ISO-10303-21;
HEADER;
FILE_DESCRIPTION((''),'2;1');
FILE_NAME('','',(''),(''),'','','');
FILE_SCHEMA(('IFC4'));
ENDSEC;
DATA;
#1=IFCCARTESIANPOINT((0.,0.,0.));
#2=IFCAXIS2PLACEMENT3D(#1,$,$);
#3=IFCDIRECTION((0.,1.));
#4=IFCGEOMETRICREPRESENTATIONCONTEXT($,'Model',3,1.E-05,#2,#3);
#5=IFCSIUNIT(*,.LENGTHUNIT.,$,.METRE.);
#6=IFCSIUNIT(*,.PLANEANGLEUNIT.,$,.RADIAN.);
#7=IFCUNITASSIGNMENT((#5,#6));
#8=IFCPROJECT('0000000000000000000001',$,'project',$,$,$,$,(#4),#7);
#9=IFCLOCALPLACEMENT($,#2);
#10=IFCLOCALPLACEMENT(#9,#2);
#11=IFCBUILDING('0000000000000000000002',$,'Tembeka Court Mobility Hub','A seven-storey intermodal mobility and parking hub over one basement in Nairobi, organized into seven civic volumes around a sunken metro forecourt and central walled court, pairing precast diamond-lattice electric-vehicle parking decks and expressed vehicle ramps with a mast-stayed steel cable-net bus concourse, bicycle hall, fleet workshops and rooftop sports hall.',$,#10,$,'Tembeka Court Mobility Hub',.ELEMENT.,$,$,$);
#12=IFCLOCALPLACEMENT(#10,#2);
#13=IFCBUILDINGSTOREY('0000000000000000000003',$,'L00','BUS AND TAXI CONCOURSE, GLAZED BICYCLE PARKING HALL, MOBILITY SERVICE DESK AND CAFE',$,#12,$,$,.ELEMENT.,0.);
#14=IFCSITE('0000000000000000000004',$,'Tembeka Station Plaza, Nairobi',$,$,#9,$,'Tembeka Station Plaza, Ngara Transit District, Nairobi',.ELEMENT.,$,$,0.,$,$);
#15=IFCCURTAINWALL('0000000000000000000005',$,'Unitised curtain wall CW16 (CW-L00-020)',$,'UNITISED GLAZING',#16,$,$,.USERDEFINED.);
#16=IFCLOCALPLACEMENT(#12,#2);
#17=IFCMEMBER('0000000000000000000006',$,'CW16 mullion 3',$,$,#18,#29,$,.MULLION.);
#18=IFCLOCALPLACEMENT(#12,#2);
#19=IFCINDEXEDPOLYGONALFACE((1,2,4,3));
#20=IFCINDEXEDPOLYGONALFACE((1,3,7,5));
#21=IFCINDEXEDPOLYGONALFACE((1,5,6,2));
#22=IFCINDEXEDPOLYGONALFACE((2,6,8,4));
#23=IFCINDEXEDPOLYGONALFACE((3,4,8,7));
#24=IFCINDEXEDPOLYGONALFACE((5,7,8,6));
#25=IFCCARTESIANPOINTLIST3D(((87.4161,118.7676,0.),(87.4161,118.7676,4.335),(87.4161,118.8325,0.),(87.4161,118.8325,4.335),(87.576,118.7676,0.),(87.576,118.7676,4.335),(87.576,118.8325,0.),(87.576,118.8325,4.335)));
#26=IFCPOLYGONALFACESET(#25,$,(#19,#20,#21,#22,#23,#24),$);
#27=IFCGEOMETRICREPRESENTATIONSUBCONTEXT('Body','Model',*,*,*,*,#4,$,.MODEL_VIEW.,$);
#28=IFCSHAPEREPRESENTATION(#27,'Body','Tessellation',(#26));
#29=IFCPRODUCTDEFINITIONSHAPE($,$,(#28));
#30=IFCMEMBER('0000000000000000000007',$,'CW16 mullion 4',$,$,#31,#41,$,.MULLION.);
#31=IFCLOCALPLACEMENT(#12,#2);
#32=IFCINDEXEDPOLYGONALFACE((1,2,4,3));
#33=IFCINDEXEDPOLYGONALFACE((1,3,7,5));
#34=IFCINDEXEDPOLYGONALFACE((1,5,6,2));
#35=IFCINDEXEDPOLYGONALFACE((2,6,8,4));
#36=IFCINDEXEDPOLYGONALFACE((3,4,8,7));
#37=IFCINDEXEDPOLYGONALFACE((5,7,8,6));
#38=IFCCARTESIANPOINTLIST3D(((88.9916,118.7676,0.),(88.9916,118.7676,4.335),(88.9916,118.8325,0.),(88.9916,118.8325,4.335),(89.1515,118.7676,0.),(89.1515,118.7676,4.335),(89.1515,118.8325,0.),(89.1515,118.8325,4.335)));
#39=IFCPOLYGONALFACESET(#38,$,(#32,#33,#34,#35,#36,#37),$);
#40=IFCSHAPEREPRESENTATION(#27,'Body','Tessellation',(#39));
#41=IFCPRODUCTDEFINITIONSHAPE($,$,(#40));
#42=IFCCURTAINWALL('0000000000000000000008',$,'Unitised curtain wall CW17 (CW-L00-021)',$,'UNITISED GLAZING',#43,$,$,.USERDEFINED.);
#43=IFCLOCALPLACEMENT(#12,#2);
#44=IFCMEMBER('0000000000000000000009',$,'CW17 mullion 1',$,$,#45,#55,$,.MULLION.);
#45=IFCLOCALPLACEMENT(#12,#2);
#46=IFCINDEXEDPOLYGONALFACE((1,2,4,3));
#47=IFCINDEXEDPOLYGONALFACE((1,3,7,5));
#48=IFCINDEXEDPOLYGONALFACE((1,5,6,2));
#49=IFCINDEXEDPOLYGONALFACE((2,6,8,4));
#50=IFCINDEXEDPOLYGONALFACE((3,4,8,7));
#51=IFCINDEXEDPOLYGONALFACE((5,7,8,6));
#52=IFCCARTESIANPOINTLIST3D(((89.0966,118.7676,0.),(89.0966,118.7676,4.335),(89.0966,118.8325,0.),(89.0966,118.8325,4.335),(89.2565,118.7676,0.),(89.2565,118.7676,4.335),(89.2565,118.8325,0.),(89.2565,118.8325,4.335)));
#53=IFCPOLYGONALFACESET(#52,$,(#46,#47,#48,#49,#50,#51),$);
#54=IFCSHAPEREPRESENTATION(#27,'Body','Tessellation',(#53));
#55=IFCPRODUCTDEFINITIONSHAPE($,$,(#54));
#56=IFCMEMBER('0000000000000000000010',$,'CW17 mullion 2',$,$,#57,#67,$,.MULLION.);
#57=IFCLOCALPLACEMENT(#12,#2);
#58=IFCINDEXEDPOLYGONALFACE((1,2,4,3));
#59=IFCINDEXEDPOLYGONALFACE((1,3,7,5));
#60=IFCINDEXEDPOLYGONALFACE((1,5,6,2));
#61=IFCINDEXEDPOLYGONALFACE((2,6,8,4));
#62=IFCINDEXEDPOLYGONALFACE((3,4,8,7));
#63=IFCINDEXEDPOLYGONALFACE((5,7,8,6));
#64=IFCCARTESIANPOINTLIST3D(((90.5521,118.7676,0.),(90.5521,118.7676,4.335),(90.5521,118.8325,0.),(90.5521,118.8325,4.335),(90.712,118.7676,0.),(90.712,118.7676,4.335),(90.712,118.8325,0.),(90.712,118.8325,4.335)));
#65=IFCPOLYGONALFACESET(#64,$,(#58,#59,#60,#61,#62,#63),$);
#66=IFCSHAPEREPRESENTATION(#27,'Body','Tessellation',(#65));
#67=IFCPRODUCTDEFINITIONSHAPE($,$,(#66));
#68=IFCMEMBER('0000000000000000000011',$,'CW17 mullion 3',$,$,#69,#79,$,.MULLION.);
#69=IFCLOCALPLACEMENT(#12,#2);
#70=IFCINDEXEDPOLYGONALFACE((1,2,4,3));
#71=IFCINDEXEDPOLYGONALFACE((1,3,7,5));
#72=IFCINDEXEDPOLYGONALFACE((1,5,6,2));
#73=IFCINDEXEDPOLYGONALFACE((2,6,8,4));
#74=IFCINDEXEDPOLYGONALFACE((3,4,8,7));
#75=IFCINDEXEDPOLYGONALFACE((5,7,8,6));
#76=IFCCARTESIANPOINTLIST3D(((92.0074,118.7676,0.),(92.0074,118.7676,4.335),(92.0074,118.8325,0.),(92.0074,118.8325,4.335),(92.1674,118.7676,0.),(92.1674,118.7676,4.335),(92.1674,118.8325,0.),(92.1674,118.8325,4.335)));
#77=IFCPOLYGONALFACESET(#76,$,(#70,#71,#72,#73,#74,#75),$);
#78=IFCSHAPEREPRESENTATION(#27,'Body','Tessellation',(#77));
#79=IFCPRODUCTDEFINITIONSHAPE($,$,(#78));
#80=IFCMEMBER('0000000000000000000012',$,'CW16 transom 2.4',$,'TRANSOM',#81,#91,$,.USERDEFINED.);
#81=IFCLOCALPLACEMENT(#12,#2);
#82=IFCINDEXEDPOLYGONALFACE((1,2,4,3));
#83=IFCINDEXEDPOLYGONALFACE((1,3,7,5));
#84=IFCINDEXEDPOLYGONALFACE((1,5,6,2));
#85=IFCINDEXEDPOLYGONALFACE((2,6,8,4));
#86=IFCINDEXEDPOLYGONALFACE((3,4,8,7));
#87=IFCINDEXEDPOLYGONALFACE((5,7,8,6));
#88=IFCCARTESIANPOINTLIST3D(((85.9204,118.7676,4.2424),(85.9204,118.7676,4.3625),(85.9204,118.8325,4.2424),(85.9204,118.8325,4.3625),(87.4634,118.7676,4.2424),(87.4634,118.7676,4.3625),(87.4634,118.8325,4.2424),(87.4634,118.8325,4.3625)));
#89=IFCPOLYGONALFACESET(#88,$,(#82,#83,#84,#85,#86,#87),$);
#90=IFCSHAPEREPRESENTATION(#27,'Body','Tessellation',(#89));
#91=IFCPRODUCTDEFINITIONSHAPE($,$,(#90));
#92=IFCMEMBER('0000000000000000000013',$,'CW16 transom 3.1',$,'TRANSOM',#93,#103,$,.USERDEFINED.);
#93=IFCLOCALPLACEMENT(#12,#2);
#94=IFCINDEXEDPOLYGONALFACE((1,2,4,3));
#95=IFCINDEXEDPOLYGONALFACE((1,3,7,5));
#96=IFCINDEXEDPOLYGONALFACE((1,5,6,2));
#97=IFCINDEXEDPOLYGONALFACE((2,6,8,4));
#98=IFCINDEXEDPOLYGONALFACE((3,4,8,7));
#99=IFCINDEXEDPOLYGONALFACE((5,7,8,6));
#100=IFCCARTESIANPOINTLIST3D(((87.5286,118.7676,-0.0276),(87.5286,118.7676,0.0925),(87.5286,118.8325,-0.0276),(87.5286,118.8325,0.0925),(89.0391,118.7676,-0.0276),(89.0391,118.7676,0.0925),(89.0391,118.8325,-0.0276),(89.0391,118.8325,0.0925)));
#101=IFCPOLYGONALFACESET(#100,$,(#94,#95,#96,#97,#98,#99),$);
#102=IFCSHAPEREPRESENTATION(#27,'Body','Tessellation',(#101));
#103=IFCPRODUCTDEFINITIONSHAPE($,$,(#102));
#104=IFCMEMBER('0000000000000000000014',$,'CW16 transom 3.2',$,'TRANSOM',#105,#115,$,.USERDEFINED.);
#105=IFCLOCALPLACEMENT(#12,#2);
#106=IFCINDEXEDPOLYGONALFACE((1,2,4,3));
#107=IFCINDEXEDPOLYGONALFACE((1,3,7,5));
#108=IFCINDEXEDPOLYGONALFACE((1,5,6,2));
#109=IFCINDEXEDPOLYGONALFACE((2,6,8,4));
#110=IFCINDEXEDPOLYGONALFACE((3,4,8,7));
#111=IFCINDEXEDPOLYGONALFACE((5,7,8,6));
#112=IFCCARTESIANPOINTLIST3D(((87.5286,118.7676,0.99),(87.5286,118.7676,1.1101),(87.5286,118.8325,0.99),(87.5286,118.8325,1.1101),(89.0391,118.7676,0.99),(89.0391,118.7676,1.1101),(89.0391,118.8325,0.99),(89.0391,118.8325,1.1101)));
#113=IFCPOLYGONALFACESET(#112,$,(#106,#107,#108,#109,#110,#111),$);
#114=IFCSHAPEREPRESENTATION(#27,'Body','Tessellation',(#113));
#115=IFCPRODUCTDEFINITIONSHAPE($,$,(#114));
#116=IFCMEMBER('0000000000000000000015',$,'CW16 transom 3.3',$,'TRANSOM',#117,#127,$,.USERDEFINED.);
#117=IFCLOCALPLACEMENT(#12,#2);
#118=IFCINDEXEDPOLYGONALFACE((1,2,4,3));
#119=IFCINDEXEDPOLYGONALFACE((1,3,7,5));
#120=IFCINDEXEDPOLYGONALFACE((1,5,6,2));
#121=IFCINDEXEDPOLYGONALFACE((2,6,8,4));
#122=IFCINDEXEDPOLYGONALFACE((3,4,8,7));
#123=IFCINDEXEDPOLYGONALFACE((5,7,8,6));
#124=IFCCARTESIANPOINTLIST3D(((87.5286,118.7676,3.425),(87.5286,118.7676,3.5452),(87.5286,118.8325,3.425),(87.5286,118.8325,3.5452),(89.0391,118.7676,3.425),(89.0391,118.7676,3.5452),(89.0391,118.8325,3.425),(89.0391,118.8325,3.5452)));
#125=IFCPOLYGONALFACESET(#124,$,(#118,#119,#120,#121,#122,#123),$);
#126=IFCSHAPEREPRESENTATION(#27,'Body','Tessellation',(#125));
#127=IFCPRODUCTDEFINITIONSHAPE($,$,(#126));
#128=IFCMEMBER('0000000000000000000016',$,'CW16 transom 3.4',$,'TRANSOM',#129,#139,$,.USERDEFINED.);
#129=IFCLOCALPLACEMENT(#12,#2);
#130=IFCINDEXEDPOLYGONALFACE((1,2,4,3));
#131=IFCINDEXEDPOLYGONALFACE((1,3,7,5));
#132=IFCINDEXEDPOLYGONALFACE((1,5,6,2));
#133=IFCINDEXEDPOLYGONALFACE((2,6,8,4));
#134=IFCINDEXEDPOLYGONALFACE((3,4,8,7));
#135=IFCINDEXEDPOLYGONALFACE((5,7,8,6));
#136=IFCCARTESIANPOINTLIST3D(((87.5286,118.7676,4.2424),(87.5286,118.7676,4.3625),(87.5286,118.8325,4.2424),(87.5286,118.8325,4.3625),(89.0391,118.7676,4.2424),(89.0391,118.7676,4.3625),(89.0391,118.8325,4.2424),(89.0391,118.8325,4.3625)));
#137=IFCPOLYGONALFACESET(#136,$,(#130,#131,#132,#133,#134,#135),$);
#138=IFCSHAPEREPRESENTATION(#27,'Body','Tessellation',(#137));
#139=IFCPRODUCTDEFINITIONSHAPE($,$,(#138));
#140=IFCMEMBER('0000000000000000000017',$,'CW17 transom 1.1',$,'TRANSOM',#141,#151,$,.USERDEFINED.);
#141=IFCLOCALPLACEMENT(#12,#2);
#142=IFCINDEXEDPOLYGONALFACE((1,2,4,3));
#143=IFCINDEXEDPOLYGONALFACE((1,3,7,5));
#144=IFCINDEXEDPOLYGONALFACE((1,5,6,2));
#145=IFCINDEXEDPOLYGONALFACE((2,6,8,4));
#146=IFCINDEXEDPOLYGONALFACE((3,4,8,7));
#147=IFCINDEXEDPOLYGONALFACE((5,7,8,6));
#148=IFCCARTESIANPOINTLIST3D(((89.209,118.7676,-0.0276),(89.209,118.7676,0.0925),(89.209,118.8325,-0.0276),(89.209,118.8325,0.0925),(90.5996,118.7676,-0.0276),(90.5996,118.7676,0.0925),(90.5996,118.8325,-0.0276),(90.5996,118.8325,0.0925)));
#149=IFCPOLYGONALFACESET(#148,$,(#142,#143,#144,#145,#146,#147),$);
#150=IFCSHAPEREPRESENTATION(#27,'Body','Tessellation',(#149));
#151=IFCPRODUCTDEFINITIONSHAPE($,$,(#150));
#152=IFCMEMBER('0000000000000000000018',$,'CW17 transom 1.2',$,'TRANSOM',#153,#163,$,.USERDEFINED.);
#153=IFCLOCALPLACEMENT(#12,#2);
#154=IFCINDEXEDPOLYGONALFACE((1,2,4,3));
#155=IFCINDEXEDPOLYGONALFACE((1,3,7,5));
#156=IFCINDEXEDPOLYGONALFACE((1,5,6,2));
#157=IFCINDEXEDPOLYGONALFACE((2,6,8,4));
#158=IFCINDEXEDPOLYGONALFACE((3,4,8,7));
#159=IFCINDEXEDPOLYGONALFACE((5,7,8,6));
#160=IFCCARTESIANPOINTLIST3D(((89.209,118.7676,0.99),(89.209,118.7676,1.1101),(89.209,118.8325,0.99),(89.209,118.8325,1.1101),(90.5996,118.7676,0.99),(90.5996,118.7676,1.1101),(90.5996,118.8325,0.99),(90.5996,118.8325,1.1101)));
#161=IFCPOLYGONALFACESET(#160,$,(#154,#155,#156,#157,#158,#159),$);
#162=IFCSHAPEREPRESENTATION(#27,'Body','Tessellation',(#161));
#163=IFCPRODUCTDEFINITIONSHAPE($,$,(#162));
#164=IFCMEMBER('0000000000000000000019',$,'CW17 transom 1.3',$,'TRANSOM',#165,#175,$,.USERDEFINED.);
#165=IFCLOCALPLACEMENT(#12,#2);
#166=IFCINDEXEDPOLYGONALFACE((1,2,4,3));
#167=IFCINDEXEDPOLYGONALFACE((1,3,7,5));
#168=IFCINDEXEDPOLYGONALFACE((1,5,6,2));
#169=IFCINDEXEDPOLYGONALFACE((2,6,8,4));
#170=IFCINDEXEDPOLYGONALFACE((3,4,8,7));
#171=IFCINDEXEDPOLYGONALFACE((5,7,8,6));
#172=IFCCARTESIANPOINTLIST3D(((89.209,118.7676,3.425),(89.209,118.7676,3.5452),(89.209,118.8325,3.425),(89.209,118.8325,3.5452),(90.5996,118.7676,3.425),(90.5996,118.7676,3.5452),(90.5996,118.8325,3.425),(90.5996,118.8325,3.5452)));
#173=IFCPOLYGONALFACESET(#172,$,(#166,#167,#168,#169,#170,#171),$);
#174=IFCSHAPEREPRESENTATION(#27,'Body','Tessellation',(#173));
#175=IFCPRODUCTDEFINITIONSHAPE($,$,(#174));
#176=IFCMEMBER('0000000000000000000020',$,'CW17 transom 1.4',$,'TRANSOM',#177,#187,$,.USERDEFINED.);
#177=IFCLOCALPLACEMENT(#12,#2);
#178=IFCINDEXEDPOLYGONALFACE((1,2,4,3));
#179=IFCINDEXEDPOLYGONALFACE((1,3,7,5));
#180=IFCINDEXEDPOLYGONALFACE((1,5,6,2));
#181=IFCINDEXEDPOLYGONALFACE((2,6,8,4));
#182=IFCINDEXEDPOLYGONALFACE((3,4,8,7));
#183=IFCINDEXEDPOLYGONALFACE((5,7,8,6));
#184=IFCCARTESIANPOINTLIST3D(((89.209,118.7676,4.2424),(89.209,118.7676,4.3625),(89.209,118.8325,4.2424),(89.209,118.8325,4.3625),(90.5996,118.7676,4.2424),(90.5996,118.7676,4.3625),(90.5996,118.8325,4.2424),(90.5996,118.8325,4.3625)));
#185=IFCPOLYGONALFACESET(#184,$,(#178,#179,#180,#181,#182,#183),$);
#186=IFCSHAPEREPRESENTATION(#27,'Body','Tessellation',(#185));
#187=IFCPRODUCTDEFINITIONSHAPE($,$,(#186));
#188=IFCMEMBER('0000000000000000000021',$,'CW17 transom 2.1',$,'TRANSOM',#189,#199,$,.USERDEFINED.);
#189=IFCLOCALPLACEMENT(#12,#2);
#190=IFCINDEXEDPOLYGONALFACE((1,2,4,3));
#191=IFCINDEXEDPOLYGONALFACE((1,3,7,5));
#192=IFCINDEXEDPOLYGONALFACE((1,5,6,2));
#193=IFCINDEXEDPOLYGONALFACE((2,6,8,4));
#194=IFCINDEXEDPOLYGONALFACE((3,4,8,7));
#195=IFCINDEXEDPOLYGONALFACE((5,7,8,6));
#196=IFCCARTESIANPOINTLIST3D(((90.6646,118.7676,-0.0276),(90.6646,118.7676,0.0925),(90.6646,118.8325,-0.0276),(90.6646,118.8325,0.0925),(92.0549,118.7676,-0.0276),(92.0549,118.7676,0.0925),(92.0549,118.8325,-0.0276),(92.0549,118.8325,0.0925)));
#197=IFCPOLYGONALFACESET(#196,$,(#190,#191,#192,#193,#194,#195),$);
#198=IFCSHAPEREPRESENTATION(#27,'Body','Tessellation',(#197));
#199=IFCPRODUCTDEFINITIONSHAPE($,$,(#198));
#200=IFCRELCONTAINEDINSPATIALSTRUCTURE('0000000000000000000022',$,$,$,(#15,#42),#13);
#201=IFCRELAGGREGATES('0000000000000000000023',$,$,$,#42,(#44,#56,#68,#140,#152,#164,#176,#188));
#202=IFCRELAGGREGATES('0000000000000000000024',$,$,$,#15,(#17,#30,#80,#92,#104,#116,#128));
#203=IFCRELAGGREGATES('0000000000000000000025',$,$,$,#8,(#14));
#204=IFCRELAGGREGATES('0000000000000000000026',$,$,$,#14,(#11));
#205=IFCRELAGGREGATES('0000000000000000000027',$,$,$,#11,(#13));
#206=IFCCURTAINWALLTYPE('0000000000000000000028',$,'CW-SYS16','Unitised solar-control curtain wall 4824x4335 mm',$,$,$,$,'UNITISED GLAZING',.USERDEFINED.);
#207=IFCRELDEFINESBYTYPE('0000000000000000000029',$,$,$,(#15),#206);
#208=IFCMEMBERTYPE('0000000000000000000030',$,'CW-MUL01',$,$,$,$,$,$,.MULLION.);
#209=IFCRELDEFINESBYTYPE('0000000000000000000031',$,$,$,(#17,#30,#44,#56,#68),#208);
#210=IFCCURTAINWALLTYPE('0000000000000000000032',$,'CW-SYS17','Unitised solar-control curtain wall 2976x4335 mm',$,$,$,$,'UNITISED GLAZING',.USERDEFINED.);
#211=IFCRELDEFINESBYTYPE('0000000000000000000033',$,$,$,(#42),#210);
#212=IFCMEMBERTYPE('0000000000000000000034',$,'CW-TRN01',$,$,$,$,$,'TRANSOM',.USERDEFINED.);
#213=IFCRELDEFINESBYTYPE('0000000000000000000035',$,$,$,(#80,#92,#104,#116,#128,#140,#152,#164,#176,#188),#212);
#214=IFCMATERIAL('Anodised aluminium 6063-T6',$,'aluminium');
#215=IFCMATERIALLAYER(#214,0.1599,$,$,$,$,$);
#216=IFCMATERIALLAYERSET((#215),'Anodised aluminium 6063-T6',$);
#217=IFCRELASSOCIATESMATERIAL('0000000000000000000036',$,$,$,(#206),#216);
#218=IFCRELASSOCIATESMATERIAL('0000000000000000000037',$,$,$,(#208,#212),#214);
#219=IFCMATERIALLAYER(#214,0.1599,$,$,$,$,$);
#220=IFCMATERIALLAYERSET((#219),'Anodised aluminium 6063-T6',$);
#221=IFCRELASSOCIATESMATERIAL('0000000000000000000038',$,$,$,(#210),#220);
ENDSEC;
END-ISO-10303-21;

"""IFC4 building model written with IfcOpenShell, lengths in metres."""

from ifc_helpers import new_model, si_unit, direction, frame, origin, origin_2d, place, context, subcontext, project, spatial, rectangle, extrude, material, layer, layer_set, material_profile, profile_set, type_object, element, aggregate, save


model = new_model("IFC4")

# Units and contexts
model_context = context("Model", 3, precision=1e-05, world=origin(), true_north=direction((0.0, 1.0)))
body_context = subcontext(model_context, "Body", "Model", "MODEL_VIEW")
ifc_project = project(units=[si_unit("LENGTHUNIT", "METRE"), si_unit("PLANEANGLEUNIT", "RADIAN")], contexts=[model_context])

# Site, building, storey
site_placement = place(None, origin())
site = spatial("IfcSite", under=ifc_project, at=site_placement, Name="Tembeka Station Plaza, Nairobi", LongName="Tembeka Station Plaza, Ngara Transit District, Nairobi", CompositionType="ELEMENT", RefElevation=0.0)
building_placement = place(site_placement, origin())
building = spatial("IfcBuilding", under=site, at=building_placement, Name="Tembeka Court Mobility Hub", Description="A seven-storey intermodal mobility and parking hub over one basement in Nairobi, organized into seven civic volumes around a sunken metro forecourt and central walled court, pairing precast diamond-lattice electric-vehicle parking decks and expressed vehicle ramps with a mast-stayed steel cable-net bus concourse, bicycle hall, fleet workshops and rooftop sports hall.", LongName="Tembeka Court Mobility Hub", CompositionType="ELEMENT")
storey_placement = place(building_placement, origin())
storey = spatial("IfcBuildingStorey", under=building, at=storey_placement, Name="L00", Description="BUS AND TAXI CONCOURSE, GLAZED BICYCLE PARKING HALL, MOBILITY SERVICE DESK AND CAFE", CompositionType="ELEMENT", Elevation=0.0)

# Curtain walls, members
ifc_material_1 = material(Name="Anodised aluminium 6063-T6", Category="aluminium")
ifc_layer_1 = layer(ifc_material_1, 0.1599)
ifc_layer_set_1 = layer_set([ifc_layer_1], Name="Anodised aluminium 6063-T6")
curtain_wall_type_1 = type_object("IfcCurtainWallType", Name="CW-SYS16", Description="Unitised solar-control curtain wall 4824x4335 mm", ElementType="UNITISED GLAZING", PredefinedType="USERDEFINED", material=ifc_layer_set_1)
curtain_wall_1_placement = place(storey_placement, origin())
curtain_wall_1 = element("IfcCurtainWall", 1, at=curtain_wall_1_placement, inside=storey, type_object=curtain_wall_type_1, Name="Unitised curtain wall CW16 (CW-L00-020)", ObjectType="UNITISED GLAZING", PredefinedType="USERDEFINED")
ifc_material_profile_1 = material_profile(ifc_material_1, rectangle(XDim=0.0649, YDim=0.1599, at=origin_2d()), Name="ALU-MUL 65x160")
ifc_profile_set_1 = profile_set([ifc_material_profile_1], Name="Anodised aluminium 6063-T6")
member_type_1 = type_object("IfcMemberType", Name="CW-MUL01", PredefinedType="MULLION", material=ifc_profile_set_1)
member_1_placement = place(storey_placement, frame((87.4961, 118.8, 0.0), z_axis=(0.0, 0.0, 1.0), x_axis=(0.0, 1.0, 0.0)))
member_1 = element("IfcMember", 2, at=member_1_placement, type_object=member_type_1, Name="CW16 mullion 3", PredefinedType="MULLION", context=body_context, shape_type="SweptSolid", body=[
    extrude(rectangle(XDim=0.0649, YDim=0.1599, at=origin_2d()), origin(), (0.0, 0.0, 1.0), 4.335),
])
member_2_placement = place(storey_placement, frame((89.0715, 118.8, 0.0), z_axis=(0.0, 0.0, 1.0), x_axis=(0.0, 1.0, 0.0)))
member_2 = element("IfcMember", 3, at=member_2_placement, type_object=member_type_1, Name="CW16 mullion 4", PredefinedType="MULLION", context=body_context, shape_type="SweptSolid", body=[
    extrude(rectangle(XDim=0.0649, YDim=0.1599, at=origin_2d()), origin(), (0.0, 0.0, 1.0), 4.335),
])
ifc_layer_2 = layer(ifc_material_1, 0.1599)
ifc_layer_set_2 = layer_set([ifc_layer_2], Name="Anodised aluminium 6063-T6")
curtain_wall_type_2 = type_object("IfcCurtainWallType", Name="CW-SYS17", Description="Unitised solar-control curtain wall 2976x4335 mm", ElementType="UNITISED GLAZING", PredefinedType="USERDEFINED", material=ifc_layer_set_2)
curtain_wall_2_placement = place(storey_placement, origin())
curtain_wall_2 = element("IfcCurtainWall", 4, at=curtain_wall_2_placement, inside=storey, type_object=curtain_wall_type_2, Name="Unitised curtain wall CW17 (CW-L00-021)", ObjectType="UNITISED GLAZING", PredefinedType="USERDEFINED")
member_3_placement = place(storey_placement, frame((89.1765, 118.8, 0.0), z_axis=(0.0, 0.0, 1.0), x_axis=(0.0, 1.0, 0.0)))
member_3 = element("IfcMember", 5, at=member_3_placement, type_object=member_type_1, Name="CW17 mullion 1", PredefinedType="MULLION", context=body_context, shape_type="SweptSolid", body=[
    extrude(rectangle(XDim=0.0649, YDim=0.1599, at=origin_2d()), origin(), (0.0, 0.0, 1.0), 4.335),
])
member_4_placement = place(storey_placement, frame((90.6321, 118.8, 0.0), z_axis=(0.0, 0.0, 1.0), x_axis=(0.0, 1.0, 0.0)))
member_4 = element("IfcMember", 6, at=member_4_placement, type_object=member_type_1, Name="CW17 mullion 2", PredefinedType="MULLION", context=body_context, shape_type="SweptSolid", body=[
    extrude(rectangle(XDim=0.0649, YDim=0.1599, at=origin_2d()), origin(), (0.0, 0.0, 1.0), 4.335),
])
member_5_placement = place(storey_placement, frame((92.0874, 118.8, 0.0), z_axis=(0.0, 0.0, 1.0), x_axis=(0.0, 1.0, 0.0)))
member_5 = element("IfcMember", 7, at=member_5_placement, type_object=member_type_1, Name="CW17 mullion 3", PredefinedType="MULLION", context=body_context, shape_type="SweptSolid", body=[
    extrude(rectangle(XDim=0.0649, YDim=0.1599, at=origin_2d()), origin(), (0.0, 0.0, 1.0), 4.335),
])

# Members
ifc_material_profile_2 = material_profile(ifc_material_1, rectangle(XDim=0.0649, YDim=0.1201, at=origin_2d()), Name="ALU-TRN 65x120")
ifc_profile_set_2 = profile_set([ifc_material_profile_2], Name="Anodised aluminium 6063-T6")
member_type_2 = type_object("IfcMemberType", Name="CW-TRN01", ElementType="TRANSOM", PredefinedType="USERDEFINED", material=ifc_profile_set_2)
member_6_placement = place(storey_placement, frame((85.9204, 118.8, 4.3025), z_axis=(1.0, 0.0, 0.0), x_axis=(0.0, 1.0, 0.0)))
member_6 = element("IfcMember", 8, at=member_6_placement, type_object=member_type_2, Name="CW16 transom 2.4", ObjectType="TRANSOM", PredefinedType="USERDEFINED", context=body_context, shape_type="SweptSolid", body=[
    extrude(rectangle(XDim=0.0649, YDim=0.1201, at=origin_2d()), origin(), (0.0, 0.0, 1.0), 1.543),
])
member_7_placement = place(storey_placement, frame((87.5286, 118.8, 0.0325), z_axis=(1.0, 0.0, 0.0), x_axis=(0.0, 1.0, 0.0)))
member_7 = element("IfcMember", 9, at=member_7_placement, type_object=member_type_2, Name="CW16 transom 3.1", ObjectType="TRANSOM", PredefinedType="USERDEFINED", context=body_context, shape_type="SweptSolid", body=[
    extrude(rectangle(XDim=0.0649, YDim=0.1201, at=origin_2d()), origin(), (0.0, 0.0, 1.0), 1.5105),
])
member_8_placement = place(storey_placement, frame((87.5286, 118.8, 1.05), z_axis=(1.0, 0.0, 0.0), x_axis=(0.0, 1.0, 0.0)))
member_8 = element("IfcMember", 10, at=member_8_placement, type_object=member_type_2, Name="CW16 transom 3.2", ObjectType="TRANSOM", PredefinedType="USERDEFINED", context=body_context, shape_type="SweptSolid", body=[
    extrude(rectangle(XDim=0.0649, YDim=0.1201, at=origin_2d()), origin(), (0.0, 0.0, 1.0), 1.5105),
])
member_9_placement = place(storey_placement, frame((87.5286, 118.8, 3.4851), z_axis=(1.0, 0.0, 0.0), x_axis=(0.0, 1.0, 0.0)))
member_9 = element("IfcMember", 11, at=member_9_placement, type_object=member_type_2, Name="CW16 transom 3.3", ObjectType="TRANSOM", PredefinedType="USERDEFINED", context=body_context, shape_type="SweptSolid", body=[
    extrude(rectangle(XDim=0.0649, YDim=0.1201, at=origin_2d()), origin(), (0.0, 0.0, 1.0), 1.5105),
])
member_10_placement = place(storey_placement, frame((87.5286, 118.8, 4.3025), z_axis=(1.0, 0.0, 0.0), x_axis=(0.0, 1.0, 0.0)))
member_10 = element("IfcMember", 12, at=member_10_placement, type_object=member_type_2, Name="CW16 transom 3.4", ObjectType="TRANSOM", PredefinedType="USERDEFINED", context=body_context, shape_type="SweptSolid", body=[
    extrude(rectangle(XDim=0.0649, YDim=0.1201, at=origin_2d()), origin(), (0.0, 0.0, 1.0), 1.5105),
])
member_11_placement = place(storey_placement, frame((89.209, 118.8, 0.0325), z_axis=(1.0, 0.0, 0.0), x_axis=(0.0, 1.0, 0.0)))
member_11 = element("IfcMember", 13, at=member_11_placement, type_object=member_type_2, Name="CW17 transom 1.1", ObjectType="TRANSOM", PredefinedType="USERDEFINED", context=body_context, shape_type="SweptSolid", body=[
    extrude(rectangle(XDim=0.0649, YDim=0.1201, at=origin_2d()), origin(), (0.0, 0.0, 1.0), 1.3906),
])
member_12_placement = place(storey_placement, frame((89.209, 118.8, 1.05), z_axis=(1.0, 0.0, 0.0), x_axis=(0.0, 1.0, 0.0)))
member_12 = element("IfcMember", 14, at=member_12_placement, type_object=member_type_2, Name="CW17 transom 1.2", ObjectType="TRANSOM", PredefinedType="USERDEFINED", context=body_context, shape_type="SweptSolid", body=[
    extrude(rectangle(XDim=0.0649, YDim=0.1201, at=origin_2d()), origin(), (0.0, 0.0, 1.0), 1.3906),
])
member_13_placement = place(storey_placement, frame((89.209, 118.8, 3.4851), z_axis=(1.0, 0.0, 0.0), x_axis=(0.0, 1.0, 0.0)))
member_13 = element("IfcMember", 15, at=member_13_placement, type_object=member_type_2, Name="CW17 transom 1.3", ObjectType="TRANSOM", PredefinedType="USERDEFINED", context=body_context, shape_type="SweptSolid", body=[
    extrude(rectangle(XDim=0.0649, YDim=0.1201, at=origin_2d()), origin(), (0.0, 0.0, 1.0), 1.3906),
])
member_14_placement = place(storey_placement, frame((89.209, 118.8, 4.3025), z_axis=(1.0, 0.0, 0.0), x_axis=(0.0, 1.0, 0.0)))
member_14 = element("IfcMember", 16, at=member_14_placement, type_object=member_type_2, Name="CW17 transom 1.4", ObjectType="TRANSOM", PredefinedType="USERDEFINED", context=body_context, shape_type="SweptSolid", body=[
    extrude(rectangle(XDim=0.0649, YDim=0.1201, at=origin_2d()), origin(), (0.0, 0.0, 1.0), 1.3906),
])
member_15_placement = place(storey_placement, frame((90.6646, 118.8, 0.0325), z_axis=(1.0, 0.0, 0.0), x_axis=(0.0, 1.0, 0.0)))
member_15 = element("IfcMember", 17, at=member_15_placement, type_object=member_type_2, Name="CW17 transom 2.1", ObjectType="TRANSOM", PredefinedType="USERDEFINED", context=body_context, shape_type="SweptSolid", body=[
    extrude(rectangle(XDim=0.0649, YDim=0.1201, at=origin_2d()), origin(), (0.0, 0.0, 1.0), 1.3904),
])

aggregate(curtain_wall_2, [member_3, member_4, member_5, member_11, member_12, member_13, member_14, member_15])
aggregate(curtain_wall_1, [member_1, member_2, member_6, member_7, member_8, member_9, member_10])

save(model, "model.ifc")
